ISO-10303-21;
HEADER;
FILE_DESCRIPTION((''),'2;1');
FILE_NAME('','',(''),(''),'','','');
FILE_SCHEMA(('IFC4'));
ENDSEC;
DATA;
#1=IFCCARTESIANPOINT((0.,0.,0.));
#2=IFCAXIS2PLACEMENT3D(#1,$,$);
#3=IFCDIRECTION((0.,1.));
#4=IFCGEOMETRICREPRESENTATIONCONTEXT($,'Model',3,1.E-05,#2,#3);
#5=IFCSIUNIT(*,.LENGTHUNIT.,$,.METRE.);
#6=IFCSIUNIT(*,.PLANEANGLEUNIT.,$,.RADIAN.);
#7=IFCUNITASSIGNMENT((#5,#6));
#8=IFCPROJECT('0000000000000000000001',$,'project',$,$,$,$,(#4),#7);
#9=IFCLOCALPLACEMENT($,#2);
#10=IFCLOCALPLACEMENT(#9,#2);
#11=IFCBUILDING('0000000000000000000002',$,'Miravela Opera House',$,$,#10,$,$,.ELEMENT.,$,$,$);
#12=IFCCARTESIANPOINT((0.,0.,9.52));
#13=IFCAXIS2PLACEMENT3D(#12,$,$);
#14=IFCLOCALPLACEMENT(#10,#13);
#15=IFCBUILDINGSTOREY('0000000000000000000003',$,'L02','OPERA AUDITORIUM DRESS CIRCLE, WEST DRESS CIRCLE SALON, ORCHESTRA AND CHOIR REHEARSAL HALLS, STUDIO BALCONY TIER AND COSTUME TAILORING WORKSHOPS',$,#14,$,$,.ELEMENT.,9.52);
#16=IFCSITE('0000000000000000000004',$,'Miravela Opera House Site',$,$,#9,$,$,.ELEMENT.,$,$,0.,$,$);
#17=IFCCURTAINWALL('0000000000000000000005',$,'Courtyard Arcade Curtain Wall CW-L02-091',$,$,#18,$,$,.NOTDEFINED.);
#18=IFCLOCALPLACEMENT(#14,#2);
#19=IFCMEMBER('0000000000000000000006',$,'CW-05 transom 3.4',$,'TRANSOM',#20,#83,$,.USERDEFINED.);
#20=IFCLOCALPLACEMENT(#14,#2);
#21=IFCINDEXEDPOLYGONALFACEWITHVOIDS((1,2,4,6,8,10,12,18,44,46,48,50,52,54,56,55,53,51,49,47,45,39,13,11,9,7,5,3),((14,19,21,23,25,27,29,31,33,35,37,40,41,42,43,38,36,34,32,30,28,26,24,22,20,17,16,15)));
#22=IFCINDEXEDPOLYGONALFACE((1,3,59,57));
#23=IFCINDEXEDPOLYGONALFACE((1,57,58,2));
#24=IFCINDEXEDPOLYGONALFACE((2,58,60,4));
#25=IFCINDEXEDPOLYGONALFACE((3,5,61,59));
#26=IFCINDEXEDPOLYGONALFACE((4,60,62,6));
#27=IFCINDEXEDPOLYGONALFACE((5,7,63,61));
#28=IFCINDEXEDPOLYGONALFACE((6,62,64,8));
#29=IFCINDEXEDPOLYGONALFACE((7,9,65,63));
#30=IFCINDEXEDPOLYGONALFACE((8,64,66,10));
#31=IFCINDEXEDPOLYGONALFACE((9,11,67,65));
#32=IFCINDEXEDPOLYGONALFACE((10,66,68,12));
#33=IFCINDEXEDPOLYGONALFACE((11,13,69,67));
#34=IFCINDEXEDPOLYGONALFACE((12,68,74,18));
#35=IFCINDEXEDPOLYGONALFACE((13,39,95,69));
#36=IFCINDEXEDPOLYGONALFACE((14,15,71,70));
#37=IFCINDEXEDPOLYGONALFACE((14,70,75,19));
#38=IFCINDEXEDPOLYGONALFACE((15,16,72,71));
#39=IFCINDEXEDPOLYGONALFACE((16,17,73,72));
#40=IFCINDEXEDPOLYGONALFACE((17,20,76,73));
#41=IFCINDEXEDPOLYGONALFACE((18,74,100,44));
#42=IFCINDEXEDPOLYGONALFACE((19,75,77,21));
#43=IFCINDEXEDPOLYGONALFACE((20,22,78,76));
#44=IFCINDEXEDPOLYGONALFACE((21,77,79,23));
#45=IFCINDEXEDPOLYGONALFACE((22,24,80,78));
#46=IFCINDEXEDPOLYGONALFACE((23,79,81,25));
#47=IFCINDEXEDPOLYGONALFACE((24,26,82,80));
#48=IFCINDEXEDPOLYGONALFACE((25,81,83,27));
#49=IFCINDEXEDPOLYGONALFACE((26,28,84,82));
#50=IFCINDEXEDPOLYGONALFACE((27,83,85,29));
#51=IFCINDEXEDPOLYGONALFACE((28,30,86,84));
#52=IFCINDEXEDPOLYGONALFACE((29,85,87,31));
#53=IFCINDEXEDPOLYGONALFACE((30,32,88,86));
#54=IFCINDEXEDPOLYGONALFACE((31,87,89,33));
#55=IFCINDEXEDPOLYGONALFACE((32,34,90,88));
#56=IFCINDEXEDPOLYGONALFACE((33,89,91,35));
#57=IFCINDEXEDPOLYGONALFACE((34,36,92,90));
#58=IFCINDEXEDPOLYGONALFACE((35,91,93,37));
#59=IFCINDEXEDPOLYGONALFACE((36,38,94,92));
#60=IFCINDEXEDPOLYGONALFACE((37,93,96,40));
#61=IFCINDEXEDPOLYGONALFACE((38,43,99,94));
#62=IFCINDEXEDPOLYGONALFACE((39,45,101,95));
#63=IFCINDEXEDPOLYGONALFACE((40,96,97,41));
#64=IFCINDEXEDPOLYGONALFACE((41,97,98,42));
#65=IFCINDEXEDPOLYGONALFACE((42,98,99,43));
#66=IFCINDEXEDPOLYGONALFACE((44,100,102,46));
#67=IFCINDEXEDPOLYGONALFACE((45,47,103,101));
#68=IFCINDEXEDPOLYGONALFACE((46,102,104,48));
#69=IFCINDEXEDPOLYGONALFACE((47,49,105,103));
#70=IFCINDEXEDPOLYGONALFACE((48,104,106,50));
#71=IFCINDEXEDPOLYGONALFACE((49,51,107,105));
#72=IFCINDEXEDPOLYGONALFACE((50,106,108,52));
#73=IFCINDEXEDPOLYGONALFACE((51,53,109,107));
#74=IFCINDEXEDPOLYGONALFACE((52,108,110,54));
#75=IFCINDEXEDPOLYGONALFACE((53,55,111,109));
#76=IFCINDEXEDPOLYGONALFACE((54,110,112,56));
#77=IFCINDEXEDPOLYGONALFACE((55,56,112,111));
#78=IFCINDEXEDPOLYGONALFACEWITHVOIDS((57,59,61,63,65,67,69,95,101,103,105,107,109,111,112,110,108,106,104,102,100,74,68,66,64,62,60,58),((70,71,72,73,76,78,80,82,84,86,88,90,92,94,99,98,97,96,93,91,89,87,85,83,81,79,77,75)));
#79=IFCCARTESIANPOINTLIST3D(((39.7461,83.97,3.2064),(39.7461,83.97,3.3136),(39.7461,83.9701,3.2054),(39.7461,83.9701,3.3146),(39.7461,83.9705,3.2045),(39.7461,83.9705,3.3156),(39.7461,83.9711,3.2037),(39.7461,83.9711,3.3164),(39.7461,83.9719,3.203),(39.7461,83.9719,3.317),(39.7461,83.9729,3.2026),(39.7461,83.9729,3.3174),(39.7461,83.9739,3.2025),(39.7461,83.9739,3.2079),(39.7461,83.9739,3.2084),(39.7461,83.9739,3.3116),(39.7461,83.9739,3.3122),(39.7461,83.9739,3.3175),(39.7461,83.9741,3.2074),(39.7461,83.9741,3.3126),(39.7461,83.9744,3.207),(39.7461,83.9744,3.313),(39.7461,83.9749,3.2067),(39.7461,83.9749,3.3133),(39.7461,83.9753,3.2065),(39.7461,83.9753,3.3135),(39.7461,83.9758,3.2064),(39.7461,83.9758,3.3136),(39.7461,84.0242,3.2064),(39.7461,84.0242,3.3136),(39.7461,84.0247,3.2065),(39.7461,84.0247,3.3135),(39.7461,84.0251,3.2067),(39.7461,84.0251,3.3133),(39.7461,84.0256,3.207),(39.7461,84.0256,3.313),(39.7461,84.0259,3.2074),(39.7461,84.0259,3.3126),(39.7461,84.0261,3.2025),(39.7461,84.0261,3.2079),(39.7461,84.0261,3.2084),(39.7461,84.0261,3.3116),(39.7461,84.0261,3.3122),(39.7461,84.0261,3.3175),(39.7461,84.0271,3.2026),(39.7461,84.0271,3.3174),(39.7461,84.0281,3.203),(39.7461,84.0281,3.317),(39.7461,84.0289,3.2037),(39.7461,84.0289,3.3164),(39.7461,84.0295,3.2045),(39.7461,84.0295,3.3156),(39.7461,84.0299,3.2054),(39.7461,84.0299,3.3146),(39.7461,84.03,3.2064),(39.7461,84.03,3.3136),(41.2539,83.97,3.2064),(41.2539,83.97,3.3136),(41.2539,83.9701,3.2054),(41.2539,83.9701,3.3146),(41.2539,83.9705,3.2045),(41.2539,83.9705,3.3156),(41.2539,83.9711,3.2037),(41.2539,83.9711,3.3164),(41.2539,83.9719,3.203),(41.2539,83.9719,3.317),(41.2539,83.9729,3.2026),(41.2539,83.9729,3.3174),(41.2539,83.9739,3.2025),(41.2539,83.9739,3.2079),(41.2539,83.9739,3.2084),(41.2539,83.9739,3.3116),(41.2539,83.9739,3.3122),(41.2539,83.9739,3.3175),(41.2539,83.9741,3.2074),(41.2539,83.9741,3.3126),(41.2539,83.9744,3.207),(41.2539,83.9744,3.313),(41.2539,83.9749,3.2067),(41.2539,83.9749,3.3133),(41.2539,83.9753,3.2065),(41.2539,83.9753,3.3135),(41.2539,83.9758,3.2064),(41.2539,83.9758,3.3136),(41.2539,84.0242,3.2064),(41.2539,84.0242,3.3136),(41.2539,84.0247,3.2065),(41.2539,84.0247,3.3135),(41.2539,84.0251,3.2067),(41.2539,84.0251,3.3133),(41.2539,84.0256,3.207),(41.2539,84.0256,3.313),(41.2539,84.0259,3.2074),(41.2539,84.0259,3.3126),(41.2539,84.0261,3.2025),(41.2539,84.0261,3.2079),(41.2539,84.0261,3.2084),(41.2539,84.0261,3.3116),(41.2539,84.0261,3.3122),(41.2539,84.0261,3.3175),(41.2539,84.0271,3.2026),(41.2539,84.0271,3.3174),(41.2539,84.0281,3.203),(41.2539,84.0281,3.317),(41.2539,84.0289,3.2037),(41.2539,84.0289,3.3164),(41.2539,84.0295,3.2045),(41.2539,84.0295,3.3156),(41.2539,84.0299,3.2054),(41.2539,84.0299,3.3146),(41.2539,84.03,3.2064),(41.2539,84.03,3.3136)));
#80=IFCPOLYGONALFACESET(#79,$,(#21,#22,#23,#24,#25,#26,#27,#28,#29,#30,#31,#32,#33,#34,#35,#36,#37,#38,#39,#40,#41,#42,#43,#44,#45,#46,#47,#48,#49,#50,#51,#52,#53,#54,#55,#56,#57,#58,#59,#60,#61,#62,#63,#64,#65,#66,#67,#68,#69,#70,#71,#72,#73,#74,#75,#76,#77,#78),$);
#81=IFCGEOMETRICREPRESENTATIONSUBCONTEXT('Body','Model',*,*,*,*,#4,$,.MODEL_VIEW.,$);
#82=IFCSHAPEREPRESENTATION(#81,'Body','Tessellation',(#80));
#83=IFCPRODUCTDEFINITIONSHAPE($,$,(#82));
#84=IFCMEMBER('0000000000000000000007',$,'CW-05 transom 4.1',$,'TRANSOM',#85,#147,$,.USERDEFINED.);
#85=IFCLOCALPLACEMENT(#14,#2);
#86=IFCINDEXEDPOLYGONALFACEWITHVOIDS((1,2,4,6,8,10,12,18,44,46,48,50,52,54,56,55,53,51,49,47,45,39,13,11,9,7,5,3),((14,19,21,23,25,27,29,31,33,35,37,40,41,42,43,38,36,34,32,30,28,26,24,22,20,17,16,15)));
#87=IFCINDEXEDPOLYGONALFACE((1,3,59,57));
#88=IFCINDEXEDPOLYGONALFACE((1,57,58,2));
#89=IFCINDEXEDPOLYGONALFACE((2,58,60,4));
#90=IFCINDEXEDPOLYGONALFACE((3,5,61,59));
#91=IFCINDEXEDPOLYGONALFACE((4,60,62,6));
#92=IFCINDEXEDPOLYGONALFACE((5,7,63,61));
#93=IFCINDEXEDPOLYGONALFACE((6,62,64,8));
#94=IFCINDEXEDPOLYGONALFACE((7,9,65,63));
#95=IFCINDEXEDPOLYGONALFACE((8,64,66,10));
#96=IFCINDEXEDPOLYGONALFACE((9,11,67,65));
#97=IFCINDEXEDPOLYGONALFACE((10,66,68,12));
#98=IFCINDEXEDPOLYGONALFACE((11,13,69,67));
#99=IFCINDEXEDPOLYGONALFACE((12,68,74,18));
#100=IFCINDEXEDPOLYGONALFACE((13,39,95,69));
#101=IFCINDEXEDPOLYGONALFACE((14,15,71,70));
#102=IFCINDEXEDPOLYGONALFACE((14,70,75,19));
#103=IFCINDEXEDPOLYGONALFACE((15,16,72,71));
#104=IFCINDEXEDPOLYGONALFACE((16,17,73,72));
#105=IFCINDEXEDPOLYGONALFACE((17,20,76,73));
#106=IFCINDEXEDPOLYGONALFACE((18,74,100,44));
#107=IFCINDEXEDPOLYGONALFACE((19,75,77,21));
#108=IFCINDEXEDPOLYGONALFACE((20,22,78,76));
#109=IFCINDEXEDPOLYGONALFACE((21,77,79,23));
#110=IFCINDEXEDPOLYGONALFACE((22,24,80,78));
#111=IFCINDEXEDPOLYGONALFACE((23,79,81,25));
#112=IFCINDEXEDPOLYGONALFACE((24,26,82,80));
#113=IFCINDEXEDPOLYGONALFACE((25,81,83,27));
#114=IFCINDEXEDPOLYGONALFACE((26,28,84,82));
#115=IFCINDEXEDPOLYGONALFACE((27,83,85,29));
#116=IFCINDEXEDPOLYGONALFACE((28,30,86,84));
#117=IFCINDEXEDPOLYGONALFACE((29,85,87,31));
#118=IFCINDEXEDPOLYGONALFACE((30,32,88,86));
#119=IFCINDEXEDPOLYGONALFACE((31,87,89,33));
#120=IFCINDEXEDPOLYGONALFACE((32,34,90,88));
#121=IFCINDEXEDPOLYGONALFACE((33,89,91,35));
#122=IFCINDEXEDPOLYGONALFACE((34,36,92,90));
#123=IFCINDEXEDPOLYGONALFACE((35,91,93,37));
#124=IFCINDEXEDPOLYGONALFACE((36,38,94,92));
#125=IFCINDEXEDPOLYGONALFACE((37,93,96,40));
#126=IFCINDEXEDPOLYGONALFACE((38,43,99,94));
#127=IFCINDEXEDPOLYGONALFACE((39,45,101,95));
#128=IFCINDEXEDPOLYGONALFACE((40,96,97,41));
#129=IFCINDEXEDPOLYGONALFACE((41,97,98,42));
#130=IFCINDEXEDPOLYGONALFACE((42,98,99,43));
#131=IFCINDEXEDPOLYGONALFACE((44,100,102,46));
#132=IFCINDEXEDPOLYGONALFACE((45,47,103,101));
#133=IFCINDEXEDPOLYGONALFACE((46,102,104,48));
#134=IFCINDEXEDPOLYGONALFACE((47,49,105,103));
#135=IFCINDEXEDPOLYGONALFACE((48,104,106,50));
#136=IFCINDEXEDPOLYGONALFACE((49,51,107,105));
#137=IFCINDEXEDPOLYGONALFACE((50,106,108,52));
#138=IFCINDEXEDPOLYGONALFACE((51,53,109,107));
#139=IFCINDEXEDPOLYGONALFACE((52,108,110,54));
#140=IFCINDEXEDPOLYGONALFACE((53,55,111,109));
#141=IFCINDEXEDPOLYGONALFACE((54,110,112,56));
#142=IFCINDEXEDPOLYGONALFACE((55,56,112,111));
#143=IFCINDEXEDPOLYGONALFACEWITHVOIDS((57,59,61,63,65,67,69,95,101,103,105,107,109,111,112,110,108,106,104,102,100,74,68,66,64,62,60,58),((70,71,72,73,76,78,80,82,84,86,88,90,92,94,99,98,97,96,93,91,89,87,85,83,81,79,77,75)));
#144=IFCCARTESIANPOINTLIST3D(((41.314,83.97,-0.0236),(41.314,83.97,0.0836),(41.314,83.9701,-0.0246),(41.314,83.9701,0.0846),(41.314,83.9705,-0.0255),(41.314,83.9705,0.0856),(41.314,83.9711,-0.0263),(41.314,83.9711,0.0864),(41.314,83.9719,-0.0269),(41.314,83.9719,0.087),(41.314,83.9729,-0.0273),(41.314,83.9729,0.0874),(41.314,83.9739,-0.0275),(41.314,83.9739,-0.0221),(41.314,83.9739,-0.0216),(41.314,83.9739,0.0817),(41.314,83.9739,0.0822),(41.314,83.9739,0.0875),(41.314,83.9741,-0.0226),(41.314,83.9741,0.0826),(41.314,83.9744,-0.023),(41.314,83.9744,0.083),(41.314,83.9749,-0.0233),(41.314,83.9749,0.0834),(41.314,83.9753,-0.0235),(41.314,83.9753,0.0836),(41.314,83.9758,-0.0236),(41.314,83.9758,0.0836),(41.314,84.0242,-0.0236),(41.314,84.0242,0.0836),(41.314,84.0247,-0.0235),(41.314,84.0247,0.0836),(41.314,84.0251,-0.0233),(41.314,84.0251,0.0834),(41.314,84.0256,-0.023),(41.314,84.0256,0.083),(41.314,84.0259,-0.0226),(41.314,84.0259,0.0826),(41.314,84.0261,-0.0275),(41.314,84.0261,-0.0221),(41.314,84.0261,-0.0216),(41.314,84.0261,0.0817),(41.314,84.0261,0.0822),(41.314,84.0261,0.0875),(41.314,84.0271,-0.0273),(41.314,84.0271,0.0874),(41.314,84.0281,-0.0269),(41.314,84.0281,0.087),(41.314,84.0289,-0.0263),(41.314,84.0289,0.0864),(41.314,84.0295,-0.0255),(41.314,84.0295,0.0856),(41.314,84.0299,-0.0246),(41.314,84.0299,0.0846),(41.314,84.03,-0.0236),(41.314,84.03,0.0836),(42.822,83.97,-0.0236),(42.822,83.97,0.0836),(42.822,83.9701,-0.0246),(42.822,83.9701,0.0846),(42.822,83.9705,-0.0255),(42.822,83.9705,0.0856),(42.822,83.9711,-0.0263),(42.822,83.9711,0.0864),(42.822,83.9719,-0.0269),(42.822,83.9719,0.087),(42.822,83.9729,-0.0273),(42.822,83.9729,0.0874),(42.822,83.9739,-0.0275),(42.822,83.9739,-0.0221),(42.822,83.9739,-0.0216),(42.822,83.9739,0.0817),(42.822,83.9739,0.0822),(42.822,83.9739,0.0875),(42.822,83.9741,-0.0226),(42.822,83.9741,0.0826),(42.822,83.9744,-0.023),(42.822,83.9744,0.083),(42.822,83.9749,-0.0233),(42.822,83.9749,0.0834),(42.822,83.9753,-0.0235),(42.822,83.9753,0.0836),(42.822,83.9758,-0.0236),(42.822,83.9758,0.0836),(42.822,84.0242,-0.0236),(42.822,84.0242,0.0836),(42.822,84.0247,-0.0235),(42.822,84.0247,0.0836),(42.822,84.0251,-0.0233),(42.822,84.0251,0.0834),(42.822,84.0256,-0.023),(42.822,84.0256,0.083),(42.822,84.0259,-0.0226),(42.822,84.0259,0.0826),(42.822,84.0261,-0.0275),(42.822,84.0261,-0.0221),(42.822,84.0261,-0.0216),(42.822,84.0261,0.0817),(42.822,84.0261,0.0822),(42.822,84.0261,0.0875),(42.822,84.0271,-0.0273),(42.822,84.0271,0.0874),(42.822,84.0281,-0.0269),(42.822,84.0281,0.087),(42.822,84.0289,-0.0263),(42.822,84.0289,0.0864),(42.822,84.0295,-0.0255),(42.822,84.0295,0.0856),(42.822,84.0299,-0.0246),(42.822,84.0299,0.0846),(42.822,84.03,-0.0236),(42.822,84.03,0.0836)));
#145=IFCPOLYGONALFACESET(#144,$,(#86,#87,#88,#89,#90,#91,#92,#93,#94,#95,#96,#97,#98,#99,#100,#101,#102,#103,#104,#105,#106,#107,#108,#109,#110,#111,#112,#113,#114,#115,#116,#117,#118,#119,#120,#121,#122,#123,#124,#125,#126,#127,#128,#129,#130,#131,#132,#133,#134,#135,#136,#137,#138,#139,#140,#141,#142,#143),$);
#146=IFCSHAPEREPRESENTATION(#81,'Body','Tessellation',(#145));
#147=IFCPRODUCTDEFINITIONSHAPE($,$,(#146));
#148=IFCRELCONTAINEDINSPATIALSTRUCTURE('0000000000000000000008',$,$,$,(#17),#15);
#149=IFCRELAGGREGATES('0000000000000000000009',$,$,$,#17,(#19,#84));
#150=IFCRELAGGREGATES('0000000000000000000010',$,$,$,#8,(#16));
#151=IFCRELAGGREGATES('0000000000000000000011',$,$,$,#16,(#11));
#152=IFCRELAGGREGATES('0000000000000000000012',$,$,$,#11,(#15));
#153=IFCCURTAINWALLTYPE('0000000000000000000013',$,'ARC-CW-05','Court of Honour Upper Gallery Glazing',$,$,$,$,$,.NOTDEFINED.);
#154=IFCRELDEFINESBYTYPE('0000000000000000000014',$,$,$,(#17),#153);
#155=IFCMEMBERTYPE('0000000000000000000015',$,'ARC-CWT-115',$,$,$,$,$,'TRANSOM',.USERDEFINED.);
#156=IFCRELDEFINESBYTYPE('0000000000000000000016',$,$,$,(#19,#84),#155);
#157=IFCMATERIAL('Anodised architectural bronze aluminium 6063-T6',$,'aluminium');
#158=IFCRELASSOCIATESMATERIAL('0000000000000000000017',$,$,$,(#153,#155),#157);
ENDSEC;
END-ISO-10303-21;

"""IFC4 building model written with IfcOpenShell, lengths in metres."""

from ifc_helpers import new_model, si_unit, direction, frame, origin, origin_2d, place, context, subcontext, project, spatial, hollow_rectangle, extrude, material, material_profile, profile_set, type_object, element, aggregate, save


model = new_model("IFC4")

# Units and contexts
model_context = context("Model", 3, precision=1e-05, world=origin(), true_north=direction((0.0, 1.0)))
body_context = subcontext(model_context, "Body", "Model", "MODEL_VIEW")
ifc_project = project(units=[si_unit("LENGTHUNIT", "METRE"), si_unit("PLANEANGLEUNIT", "RADIAN")], contexts=[model_context])

# Site, building, storey
site_placement = place(None, origin())
site = spatial("IfcSite", under=ifc_project, at=site_placement, Name="Miravela Opera House Site", CompositionType="ELEMENT", RefElevation=0.0)
building_placement = place(site_placement, origin())
building = spatial("IfcBuilding", under=site, at=building_placement, Name="Miravela Opera House", CompositionType="ELEMENT")
storey_placement = place(building_placement, frame((0.0, 0.0, 9.52)))
storey = spatial("IfcBuildingStorey", under=building, at=storey_placement, Name="L02", Description="OPERA AUDITORIUM DRESS CIRCLE, WEST DRESS CIRCLE SALON, ORCHESTRA AND CHOIR REHEARSAL HALLS, STUDIO BALCONY TIER AND COSTUME TAILORING WORKSHOPS", CompositionType="ELEMENT", Elevation=9.52)

# Curtain wall, members
ifc_material_1 = material(Name="Anodised architectural bronze aluminium 6063-T6", Category="aluminium")
curtain_wall_type = type_object("IfcCurtainWallType", Name="ARC-CW-05", Description="Court of Honour Upper Gallery Glazing", PredefinedType="NOTDEFINED", material=ifc_material_1)
curtain_wall_placement = place(storey_placement, origin())
curtain_wall = element("IfcCurtainWall", 1, at=curtain_wall_placement, inside=storey, type_object=curtain_wall_type, Name="Courtyard Arcade Curtain Wall CW-L02-091", PredefinedType="NOTDEFINED")
ifc_material_profile_1 = material_profile(ifc_material_1, hollow_rectangle(XDim=0.0601, YDim=0.115, WallThickness=0.0039, InnerFilletRadius=0.002, OuterFilletRadius=0.0039, at=origin_2d()), Name="CWT-60X115")
ifc_profile_set_1 = profile_set([ifc_material_profile_1])
member_type_1 = type_object("IfcMemberType", Name="ARC-CWT-115", ElementType="TRANSOM", PredefinedType="USERDEFINED", material=ifc_profile_set_1)
member_1_placement = place(storey_placement, frame((39.7461, 84.0, 3.26), z_axis=(1.0, 0.0, 0.0), x_axis=(0.0, 1.0, 0.0)))
member_1 = element("IfcMember", 2, at=member_1_placement, type_object=member_type_1, Name="CW-05 transom 3.4", ObjectType="TRANSOM", PredefinedType="USERDEFINED", context=body_context, shape_type="SweptSolid", body=[
    extrude(hollow_rectangle(XDim=0.0601, YDim=0.115, WallThickness=0.0039, InnerFilletRadius=0.002, OuterFilletRadius=0.0039, at=origin_2d()), origin(), (0.0, 0.0, 1.0), 1.5078),
])
member_2_placement = place(storey_placement, frame((41.314, 84.0, 0.03), z_axis=(1.0, 0.0, 0.0), x_axis=(0.0, 1.0, 0.0)))
member_2 = element("IfcMember", 3, at=member_2_placement, type_object=member_type_1, Name="CW-05 transom 4.1", ObjectType="TRANSOM", PredefinedType="USERDEFINED", context=body_context, shape_type="SweptSolid", body=[
    extrude(hollow_rectangle(XDim=0.0601, YDim=0.115, WallThickness=0.0039, InnerFilletRadius=0.002, OuterFilletRadius=0.0039, at=origin_2d()), origin(), (0.0, 0.0, 1.0), 1.5081),
])
aggregate(curtain_wall, [member_1, member_2])

save(model, "model.ifc")
